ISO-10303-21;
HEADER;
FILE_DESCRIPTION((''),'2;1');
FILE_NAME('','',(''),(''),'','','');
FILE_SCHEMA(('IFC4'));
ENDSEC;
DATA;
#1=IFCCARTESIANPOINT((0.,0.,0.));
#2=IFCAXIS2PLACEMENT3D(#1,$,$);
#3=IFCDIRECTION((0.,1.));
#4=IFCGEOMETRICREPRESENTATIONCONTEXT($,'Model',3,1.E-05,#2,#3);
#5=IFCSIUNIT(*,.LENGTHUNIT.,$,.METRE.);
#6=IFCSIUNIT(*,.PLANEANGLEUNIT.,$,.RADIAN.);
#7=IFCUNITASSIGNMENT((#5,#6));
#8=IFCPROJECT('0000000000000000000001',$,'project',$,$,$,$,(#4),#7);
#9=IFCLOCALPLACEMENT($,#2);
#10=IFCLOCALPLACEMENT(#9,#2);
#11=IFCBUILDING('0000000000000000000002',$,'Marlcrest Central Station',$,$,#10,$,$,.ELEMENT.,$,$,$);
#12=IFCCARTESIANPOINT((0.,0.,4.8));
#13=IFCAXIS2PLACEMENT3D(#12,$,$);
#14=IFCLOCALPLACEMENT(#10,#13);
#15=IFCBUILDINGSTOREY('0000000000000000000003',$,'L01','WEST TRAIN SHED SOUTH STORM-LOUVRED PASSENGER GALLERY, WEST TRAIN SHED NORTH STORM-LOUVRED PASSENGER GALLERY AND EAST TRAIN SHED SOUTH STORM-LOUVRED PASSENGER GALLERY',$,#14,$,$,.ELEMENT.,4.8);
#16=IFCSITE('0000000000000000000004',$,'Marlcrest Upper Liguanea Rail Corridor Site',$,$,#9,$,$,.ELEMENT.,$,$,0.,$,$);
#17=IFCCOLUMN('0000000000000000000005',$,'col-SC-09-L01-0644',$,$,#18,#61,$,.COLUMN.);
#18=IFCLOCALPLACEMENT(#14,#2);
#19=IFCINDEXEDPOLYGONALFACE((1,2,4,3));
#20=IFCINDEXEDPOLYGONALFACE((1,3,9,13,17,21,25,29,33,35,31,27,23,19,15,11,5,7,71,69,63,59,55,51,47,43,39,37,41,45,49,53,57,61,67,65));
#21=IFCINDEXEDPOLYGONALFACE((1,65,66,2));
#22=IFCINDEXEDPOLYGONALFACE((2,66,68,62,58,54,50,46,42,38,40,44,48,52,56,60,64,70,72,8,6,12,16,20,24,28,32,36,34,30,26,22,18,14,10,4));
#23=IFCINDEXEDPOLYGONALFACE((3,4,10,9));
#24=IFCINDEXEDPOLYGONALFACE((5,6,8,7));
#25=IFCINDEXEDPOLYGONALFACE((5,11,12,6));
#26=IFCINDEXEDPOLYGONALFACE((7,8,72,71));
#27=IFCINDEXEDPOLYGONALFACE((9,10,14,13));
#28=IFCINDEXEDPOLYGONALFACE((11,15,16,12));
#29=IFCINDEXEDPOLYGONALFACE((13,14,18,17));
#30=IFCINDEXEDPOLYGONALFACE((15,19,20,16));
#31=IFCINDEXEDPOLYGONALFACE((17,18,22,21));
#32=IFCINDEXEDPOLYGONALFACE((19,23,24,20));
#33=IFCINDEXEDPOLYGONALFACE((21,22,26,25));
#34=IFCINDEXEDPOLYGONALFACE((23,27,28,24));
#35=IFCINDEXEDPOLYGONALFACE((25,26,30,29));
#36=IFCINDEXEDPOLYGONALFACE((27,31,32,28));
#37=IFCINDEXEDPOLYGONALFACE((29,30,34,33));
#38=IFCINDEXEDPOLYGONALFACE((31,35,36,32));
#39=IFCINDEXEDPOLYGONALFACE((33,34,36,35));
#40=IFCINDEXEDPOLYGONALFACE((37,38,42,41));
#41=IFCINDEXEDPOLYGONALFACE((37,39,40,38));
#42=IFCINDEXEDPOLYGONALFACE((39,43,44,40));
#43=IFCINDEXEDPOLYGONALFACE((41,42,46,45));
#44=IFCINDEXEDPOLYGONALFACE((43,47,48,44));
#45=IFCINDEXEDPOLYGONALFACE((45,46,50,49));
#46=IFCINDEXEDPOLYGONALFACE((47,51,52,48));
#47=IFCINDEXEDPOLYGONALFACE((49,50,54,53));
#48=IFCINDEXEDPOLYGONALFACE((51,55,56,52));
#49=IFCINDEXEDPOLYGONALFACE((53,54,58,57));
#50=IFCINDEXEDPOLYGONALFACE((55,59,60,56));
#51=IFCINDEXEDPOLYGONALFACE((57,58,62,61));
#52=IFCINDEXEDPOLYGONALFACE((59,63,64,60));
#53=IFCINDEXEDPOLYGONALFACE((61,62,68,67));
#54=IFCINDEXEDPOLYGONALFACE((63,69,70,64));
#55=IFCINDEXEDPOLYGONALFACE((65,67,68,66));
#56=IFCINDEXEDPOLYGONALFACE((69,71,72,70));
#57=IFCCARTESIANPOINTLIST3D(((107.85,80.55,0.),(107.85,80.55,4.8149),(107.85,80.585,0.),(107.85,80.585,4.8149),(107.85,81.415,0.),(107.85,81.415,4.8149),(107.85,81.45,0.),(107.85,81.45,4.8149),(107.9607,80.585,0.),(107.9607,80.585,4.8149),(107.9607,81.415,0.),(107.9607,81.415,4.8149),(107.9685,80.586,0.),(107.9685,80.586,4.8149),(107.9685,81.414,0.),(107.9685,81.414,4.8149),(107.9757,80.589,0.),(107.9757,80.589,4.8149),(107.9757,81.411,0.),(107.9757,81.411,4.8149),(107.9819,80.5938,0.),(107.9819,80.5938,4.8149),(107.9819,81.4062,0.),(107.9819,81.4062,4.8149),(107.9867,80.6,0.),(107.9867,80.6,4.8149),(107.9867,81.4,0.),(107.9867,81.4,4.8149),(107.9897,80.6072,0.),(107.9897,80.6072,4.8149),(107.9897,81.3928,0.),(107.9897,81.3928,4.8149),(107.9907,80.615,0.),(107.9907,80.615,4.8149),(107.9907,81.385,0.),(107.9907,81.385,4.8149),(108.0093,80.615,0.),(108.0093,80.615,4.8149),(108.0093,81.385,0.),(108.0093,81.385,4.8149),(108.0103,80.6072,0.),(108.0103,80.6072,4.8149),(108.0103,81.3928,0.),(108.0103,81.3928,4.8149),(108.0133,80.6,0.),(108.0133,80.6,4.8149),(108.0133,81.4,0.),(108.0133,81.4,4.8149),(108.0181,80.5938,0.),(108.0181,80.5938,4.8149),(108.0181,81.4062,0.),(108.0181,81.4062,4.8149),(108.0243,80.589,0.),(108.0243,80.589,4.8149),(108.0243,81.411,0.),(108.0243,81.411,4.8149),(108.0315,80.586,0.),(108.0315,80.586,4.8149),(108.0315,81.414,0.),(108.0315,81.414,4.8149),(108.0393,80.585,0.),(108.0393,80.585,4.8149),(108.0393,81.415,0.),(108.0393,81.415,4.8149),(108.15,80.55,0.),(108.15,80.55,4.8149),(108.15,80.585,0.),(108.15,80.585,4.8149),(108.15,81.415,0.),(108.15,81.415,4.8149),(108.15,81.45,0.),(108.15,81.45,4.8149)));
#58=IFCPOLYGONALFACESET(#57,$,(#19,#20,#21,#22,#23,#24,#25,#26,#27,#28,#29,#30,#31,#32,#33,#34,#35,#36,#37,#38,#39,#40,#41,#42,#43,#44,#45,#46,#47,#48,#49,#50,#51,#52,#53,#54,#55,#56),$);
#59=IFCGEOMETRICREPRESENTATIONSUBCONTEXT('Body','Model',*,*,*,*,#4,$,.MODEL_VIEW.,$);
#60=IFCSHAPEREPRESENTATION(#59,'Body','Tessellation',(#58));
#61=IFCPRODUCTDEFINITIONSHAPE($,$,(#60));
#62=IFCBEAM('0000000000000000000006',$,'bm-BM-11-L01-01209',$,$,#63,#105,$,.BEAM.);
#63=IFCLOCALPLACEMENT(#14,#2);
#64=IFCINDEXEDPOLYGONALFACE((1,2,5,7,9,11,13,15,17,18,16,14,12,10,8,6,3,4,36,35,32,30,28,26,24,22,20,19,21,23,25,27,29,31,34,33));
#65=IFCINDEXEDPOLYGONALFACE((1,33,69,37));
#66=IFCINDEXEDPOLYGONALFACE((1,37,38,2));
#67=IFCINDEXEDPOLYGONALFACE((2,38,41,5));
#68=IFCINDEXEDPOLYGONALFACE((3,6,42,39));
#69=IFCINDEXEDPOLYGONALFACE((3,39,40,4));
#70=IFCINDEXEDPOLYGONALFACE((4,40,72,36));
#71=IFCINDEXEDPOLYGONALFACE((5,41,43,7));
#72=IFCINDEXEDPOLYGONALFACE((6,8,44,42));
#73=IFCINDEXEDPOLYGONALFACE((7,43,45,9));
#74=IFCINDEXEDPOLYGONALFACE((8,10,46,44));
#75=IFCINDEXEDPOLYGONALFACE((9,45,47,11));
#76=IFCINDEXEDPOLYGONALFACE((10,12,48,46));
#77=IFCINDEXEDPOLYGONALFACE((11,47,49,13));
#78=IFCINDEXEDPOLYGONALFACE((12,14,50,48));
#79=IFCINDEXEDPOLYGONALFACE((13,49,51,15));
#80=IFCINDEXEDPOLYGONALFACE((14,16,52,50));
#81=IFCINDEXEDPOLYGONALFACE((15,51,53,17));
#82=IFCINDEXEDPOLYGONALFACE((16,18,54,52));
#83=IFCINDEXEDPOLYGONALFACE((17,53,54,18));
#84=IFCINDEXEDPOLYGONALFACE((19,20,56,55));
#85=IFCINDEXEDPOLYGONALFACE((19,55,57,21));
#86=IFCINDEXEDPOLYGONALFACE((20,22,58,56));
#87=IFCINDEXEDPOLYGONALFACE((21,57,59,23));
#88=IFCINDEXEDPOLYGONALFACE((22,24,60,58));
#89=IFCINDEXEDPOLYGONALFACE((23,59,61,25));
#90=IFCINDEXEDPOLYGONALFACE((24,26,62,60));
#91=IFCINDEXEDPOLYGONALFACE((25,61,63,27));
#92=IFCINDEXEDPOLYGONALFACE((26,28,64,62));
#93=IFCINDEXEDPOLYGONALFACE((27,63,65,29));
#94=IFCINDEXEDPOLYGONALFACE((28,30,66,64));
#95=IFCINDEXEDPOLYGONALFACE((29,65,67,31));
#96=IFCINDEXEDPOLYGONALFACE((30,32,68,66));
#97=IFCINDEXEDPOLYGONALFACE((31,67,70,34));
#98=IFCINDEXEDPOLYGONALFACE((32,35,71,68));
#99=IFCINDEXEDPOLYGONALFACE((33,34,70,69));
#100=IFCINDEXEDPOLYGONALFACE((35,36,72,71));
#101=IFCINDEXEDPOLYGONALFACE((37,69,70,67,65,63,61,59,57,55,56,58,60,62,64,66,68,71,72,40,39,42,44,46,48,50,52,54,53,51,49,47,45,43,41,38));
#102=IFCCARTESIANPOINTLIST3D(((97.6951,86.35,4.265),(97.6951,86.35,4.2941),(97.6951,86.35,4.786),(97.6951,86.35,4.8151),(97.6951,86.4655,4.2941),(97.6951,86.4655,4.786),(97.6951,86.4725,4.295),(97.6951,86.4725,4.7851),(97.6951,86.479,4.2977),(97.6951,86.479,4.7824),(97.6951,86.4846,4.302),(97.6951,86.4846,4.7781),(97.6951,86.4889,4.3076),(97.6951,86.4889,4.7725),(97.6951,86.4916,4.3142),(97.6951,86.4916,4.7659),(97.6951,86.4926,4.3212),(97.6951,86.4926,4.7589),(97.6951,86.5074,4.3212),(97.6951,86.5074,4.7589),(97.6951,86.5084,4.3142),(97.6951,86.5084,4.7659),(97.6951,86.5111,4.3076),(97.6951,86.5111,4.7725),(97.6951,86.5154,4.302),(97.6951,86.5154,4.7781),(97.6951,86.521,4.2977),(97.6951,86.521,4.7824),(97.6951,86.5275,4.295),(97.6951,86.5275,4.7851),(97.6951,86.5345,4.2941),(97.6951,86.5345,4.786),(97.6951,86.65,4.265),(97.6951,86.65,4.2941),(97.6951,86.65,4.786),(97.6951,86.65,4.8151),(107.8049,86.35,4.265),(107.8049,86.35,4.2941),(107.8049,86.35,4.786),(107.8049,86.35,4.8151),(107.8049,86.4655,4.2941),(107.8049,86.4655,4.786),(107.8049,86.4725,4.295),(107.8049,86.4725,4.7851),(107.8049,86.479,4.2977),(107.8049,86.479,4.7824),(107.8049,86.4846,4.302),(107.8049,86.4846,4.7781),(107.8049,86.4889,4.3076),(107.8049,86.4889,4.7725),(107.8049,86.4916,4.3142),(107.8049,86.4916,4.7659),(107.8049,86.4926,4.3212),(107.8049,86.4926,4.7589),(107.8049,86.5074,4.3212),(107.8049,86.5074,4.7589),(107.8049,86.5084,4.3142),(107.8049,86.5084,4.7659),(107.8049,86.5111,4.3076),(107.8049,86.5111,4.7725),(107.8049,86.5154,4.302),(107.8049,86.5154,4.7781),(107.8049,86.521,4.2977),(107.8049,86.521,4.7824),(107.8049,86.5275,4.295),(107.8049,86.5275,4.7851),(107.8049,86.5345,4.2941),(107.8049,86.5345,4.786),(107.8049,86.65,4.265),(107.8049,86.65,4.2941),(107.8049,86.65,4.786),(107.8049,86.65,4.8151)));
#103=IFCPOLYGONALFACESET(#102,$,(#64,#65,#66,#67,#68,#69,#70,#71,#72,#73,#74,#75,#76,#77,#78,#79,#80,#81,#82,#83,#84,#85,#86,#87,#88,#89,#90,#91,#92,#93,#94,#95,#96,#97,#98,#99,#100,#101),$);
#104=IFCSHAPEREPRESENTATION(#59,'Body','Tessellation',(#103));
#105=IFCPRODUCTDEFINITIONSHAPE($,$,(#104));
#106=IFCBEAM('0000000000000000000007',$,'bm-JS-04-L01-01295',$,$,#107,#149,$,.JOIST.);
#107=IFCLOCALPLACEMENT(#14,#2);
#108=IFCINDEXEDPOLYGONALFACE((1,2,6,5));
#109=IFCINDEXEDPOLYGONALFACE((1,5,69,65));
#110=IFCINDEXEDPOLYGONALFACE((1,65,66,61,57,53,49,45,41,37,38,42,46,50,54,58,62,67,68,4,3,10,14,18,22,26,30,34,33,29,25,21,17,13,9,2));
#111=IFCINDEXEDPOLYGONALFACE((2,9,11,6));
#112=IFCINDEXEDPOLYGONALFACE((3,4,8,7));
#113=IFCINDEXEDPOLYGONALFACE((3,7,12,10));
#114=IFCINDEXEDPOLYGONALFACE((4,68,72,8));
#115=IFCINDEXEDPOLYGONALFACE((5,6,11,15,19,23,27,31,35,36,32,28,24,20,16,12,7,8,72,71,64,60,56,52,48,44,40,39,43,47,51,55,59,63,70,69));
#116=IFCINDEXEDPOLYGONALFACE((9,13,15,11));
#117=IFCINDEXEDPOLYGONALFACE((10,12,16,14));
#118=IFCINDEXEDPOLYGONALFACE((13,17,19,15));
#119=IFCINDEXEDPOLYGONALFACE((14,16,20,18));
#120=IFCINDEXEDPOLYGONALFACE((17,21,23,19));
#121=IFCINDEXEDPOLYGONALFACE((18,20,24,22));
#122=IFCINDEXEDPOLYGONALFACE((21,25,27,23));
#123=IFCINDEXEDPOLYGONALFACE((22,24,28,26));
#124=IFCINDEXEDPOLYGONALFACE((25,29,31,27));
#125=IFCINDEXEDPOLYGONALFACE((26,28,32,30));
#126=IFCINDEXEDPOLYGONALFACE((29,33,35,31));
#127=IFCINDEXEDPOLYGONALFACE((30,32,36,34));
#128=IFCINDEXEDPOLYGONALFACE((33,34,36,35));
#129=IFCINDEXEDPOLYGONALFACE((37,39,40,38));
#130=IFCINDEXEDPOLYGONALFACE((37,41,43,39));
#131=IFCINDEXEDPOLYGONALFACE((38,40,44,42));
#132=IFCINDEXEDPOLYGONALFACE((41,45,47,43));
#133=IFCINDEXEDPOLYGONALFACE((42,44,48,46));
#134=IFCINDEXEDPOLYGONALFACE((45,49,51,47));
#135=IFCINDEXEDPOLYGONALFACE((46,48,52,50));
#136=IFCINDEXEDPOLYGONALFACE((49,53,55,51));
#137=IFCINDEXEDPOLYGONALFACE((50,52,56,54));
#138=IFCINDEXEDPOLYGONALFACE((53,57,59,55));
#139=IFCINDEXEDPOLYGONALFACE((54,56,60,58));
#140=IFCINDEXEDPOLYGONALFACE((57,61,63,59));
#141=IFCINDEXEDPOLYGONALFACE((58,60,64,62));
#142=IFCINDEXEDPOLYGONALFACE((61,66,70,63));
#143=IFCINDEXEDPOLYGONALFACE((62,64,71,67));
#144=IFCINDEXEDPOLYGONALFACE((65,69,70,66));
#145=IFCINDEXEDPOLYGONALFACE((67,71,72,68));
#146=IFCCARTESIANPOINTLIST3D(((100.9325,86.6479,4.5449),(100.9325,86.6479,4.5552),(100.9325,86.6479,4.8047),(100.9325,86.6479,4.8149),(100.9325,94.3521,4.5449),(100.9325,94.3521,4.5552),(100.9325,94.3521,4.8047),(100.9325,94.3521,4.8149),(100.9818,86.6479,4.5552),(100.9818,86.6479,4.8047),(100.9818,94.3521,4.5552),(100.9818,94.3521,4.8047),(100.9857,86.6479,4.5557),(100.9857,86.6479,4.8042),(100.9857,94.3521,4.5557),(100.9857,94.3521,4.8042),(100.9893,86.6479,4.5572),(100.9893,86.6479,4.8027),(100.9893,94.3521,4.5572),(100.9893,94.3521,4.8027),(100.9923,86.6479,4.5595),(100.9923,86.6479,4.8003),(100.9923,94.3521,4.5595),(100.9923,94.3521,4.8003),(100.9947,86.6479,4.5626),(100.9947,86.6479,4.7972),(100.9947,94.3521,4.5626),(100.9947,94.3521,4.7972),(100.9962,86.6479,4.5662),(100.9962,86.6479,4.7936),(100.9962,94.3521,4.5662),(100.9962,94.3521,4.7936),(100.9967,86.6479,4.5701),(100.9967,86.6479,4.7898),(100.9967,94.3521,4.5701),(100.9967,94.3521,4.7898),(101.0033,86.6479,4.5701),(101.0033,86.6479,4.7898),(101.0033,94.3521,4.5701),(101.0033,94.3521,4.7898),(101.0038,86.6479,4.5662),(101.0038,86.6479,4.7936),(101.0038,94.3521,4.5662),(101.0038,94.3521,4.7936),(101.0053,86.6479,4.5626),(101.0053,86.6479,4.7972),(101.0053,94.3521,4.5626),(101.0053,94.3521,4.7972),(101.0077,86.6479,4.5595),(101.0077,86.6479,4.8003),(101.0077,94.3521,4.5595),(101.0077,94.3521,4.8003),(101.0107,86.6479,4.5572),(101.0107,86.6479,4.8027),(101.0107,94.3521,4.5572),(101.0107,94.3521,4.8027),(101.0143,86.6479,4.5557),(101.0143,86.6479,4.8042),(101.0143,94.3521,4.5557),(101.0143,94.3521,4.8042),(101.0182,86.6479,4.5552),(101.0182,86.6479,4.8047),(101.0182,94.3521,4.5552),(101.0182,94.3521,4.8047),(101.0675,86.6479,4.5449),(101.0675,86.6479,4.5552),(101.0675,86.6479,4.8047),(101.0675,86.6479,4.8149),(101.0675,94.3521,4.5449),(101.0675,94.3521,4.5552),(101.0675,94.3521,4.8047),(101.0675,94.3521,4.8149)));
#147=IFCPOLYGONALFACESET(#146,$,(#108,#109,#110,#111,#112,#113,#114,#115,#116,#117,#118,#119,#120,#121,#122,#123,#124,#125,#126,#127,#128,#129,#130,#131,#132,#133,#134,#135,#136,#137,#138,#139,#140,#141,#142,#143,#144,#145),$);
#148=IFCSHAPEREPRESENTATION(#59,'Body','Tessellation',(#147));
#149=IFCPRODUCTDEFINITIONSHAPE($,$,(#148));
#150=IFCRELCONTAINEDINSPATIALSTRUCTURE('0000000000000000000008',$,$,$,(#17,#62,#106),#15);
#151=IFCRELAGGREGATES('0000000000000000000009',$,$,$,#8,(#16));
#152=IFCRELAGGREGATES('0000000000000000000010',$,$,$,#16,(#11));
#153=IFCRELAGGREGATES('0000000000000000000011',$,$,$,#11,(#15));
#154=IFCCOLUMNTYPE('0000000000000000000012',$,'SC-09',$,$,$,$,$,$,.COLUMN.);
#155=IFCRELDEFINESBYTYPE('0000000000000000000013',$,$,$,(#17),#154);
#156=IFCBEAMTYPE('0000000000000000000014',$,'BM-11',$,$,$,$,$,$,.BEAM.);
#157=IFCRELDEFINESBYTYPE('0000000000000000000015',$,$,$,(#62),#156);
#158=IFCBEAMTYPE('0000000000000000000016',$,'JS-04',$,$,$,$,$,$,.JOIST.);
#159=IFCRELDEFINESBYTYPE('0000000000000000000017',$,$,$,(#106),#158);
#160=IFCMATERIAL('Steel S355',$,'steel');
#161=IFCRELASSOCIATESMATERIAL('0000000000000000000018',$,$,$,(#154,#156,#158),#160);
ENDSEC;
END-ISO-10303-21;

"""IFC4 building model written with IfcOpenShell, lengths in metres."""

from ifc_helpers import new_model, si_unit, direction, frame, origin, origin_2d, place, context, subcontext, project, spatial, i_section, extrude, material, material_profile, profile_set, type_object, element, save


model = new_model("IFC4")

# Units and contexts
model_context = context("Model", 3, precision=1e-05, world=origin(), true_north=direction((0.0, 1.0)))
body_context = subcontext(model_context, "Body", "Model", "MODEL_VIEW")
ifc_project = project(units=[si_unit("LENGTHUNIT", "METRE"), si_unit("PLANEANGLEUNIT", "RADIAN")], contexts=[model_context])

# Site, building, storey
site_placement = place(None, origin())
site = spatial("IfcSite", under=ifc_project, at=site_placement, Name="Marlcrest Upper Liguanea Rail Corridor Site", CompositionType="ELEMENT", RefElevation=0.0)
building_placement = place(site_placement, origin())
building = spatial("IfcBuilding", under=site, at=building_placement, Name="Marlcrest Central Station", CompositionType="ELEMENT")
storey_placement = place(building_placement, frame((0.0, 0.0, 4.8)))
storey = spatial("IfcBuildingStorey", under=building, at=storey_placement, Name="L01", Description="WEST TRAIN SHED SOUTH STORM-LOUVRED PASSENGER GALLERY, WEST TRAIN SHED NORTH STORM-LOUVRED PASSENGER GALLERY AND EAST TRAIN SHED SOUTH STORM-LOUVRED PASSENGER GALLERY", CompositionType="ELEMENT", Elevation=4.8)

# Column
ifc_material = material(Name="Steel S355", Category="steel")
ifc_material_profile_1 = material_profile(ifc_material, i_section(OverallWidth=0.3, OverallDepth=0.8999, WebThickness=0.0186, FlangeThickness=0.0349, FilletRadius=0.03, at=origin_2d()), Name="HEB 900")
ifc_profile_set_1 = profile_set([ifc_material_profile_1], Name="Steel S355")
column_type = type_object("IfcColumnType", Name="SC-09", PredefinedType="COLUMN", material=ifc_profile_set_1)
column_placement = place(storey_placement, frame((108.0, 81.0, 0.0), z_axis=(0.0, 0.0, 1.0), x_axis=(1.0, 0.0, 0.0)))
element("IfcColumn", 1, at=column_placement, inside=storey, type_object=column_type, Name="col-SC-09-L01-0644", PredefinedType="COLUMN", context=body_context, shape_type="SweptSolid", body=[
    extrude(i_section(OverallWidth=0.3, OverallDepth=0.8999, WebThickness=0.0186, FlangeThickness=0.0349, FilletRadius=0.03, at=origin_2d()), origin(), (0.0, 0.0, 1.0), 4.8149),
])

# Beams
ifc_material_profile_2 = material_profile(ifc_material, i_section(OverallWidth=0.3, OverallDepth=0.55, WebThickness=0.0149, FlangeThickness=0.0291, FilletRadius=0.0271, at=origin_2d()), Name="HEB 550")
ifc_profile_set_2 = profile_set([ifc_material_profile_2], Name="Steel S355")
beam_type_1 = type_object("IfcBeamType", Name="BM-11", PredefinedType="BEAM", material=ifc_profile_set_2)
beam_1_placement = place(storey_placement, frame((97.6951, 86.5, 4.54), z_axis=(1.0, 0.0, 0.0), x_axis=(0.0, 1.0, 0.0)))
element("IfcBeam", 2, at=beam_1_placement, inside=storey, type_object=beam_type_1, Name="bm-BM-11-L01-01209", PredefinedType="BEAM", context=body_context, shape_type="SweptSolid", body=[
    extrude(i_section(OverallWidth=0.3, OverallDepth=0.55, WebThickness=0.0149, FlangeThickness=0.0291, FilletRadius=0.0271, at=origin_2d()), origin(), (0.0, 0.0, 1.0), 10.1099),
])
ifc_material_profile_3 = material_profile(ifc_material, i_section(OverallWidth=0.135, OverallDepth=0.27, WebThickness=0.0066, FlangeThickness=0.0103, FilletRadius=0.0149, at=origin_2d()), Name="IPE 270")
ifc_profile_set_3 = profile_set([ifc_material_profile_3], Name="Steel S355")
beam_type_2 = type_object("IfcBeamType", Name="JS-04", PredefinedType="JOIST", material=ifc_profile_set_3)
beam_2_placement = place(storey_placement, frame((101.0, 86.6479, 4.6799), z_axis=(0.0, 1.0, 0.0), x_axis=(-1.0, 0.0, 0.0)))
element("IfcBeam", 3, at=beam_2_placement, inside=storey, type_object=beam_type_2, Name="bm-JS-04-L01-01295", PredefinedType="JOIST", context=body_context, shape_type="SweptSolid", body=[
    extrude(i_section(OverallWidth=0.135, OverallDepth=0.27, WebThickness=0.0066, FlangeThickness=0.0103, FilletRadius=0.0149, at=origin_2d()), origin(), (0.0, 0.0, 1.0), 7.7041),
])

save(model, "model.ifc")
